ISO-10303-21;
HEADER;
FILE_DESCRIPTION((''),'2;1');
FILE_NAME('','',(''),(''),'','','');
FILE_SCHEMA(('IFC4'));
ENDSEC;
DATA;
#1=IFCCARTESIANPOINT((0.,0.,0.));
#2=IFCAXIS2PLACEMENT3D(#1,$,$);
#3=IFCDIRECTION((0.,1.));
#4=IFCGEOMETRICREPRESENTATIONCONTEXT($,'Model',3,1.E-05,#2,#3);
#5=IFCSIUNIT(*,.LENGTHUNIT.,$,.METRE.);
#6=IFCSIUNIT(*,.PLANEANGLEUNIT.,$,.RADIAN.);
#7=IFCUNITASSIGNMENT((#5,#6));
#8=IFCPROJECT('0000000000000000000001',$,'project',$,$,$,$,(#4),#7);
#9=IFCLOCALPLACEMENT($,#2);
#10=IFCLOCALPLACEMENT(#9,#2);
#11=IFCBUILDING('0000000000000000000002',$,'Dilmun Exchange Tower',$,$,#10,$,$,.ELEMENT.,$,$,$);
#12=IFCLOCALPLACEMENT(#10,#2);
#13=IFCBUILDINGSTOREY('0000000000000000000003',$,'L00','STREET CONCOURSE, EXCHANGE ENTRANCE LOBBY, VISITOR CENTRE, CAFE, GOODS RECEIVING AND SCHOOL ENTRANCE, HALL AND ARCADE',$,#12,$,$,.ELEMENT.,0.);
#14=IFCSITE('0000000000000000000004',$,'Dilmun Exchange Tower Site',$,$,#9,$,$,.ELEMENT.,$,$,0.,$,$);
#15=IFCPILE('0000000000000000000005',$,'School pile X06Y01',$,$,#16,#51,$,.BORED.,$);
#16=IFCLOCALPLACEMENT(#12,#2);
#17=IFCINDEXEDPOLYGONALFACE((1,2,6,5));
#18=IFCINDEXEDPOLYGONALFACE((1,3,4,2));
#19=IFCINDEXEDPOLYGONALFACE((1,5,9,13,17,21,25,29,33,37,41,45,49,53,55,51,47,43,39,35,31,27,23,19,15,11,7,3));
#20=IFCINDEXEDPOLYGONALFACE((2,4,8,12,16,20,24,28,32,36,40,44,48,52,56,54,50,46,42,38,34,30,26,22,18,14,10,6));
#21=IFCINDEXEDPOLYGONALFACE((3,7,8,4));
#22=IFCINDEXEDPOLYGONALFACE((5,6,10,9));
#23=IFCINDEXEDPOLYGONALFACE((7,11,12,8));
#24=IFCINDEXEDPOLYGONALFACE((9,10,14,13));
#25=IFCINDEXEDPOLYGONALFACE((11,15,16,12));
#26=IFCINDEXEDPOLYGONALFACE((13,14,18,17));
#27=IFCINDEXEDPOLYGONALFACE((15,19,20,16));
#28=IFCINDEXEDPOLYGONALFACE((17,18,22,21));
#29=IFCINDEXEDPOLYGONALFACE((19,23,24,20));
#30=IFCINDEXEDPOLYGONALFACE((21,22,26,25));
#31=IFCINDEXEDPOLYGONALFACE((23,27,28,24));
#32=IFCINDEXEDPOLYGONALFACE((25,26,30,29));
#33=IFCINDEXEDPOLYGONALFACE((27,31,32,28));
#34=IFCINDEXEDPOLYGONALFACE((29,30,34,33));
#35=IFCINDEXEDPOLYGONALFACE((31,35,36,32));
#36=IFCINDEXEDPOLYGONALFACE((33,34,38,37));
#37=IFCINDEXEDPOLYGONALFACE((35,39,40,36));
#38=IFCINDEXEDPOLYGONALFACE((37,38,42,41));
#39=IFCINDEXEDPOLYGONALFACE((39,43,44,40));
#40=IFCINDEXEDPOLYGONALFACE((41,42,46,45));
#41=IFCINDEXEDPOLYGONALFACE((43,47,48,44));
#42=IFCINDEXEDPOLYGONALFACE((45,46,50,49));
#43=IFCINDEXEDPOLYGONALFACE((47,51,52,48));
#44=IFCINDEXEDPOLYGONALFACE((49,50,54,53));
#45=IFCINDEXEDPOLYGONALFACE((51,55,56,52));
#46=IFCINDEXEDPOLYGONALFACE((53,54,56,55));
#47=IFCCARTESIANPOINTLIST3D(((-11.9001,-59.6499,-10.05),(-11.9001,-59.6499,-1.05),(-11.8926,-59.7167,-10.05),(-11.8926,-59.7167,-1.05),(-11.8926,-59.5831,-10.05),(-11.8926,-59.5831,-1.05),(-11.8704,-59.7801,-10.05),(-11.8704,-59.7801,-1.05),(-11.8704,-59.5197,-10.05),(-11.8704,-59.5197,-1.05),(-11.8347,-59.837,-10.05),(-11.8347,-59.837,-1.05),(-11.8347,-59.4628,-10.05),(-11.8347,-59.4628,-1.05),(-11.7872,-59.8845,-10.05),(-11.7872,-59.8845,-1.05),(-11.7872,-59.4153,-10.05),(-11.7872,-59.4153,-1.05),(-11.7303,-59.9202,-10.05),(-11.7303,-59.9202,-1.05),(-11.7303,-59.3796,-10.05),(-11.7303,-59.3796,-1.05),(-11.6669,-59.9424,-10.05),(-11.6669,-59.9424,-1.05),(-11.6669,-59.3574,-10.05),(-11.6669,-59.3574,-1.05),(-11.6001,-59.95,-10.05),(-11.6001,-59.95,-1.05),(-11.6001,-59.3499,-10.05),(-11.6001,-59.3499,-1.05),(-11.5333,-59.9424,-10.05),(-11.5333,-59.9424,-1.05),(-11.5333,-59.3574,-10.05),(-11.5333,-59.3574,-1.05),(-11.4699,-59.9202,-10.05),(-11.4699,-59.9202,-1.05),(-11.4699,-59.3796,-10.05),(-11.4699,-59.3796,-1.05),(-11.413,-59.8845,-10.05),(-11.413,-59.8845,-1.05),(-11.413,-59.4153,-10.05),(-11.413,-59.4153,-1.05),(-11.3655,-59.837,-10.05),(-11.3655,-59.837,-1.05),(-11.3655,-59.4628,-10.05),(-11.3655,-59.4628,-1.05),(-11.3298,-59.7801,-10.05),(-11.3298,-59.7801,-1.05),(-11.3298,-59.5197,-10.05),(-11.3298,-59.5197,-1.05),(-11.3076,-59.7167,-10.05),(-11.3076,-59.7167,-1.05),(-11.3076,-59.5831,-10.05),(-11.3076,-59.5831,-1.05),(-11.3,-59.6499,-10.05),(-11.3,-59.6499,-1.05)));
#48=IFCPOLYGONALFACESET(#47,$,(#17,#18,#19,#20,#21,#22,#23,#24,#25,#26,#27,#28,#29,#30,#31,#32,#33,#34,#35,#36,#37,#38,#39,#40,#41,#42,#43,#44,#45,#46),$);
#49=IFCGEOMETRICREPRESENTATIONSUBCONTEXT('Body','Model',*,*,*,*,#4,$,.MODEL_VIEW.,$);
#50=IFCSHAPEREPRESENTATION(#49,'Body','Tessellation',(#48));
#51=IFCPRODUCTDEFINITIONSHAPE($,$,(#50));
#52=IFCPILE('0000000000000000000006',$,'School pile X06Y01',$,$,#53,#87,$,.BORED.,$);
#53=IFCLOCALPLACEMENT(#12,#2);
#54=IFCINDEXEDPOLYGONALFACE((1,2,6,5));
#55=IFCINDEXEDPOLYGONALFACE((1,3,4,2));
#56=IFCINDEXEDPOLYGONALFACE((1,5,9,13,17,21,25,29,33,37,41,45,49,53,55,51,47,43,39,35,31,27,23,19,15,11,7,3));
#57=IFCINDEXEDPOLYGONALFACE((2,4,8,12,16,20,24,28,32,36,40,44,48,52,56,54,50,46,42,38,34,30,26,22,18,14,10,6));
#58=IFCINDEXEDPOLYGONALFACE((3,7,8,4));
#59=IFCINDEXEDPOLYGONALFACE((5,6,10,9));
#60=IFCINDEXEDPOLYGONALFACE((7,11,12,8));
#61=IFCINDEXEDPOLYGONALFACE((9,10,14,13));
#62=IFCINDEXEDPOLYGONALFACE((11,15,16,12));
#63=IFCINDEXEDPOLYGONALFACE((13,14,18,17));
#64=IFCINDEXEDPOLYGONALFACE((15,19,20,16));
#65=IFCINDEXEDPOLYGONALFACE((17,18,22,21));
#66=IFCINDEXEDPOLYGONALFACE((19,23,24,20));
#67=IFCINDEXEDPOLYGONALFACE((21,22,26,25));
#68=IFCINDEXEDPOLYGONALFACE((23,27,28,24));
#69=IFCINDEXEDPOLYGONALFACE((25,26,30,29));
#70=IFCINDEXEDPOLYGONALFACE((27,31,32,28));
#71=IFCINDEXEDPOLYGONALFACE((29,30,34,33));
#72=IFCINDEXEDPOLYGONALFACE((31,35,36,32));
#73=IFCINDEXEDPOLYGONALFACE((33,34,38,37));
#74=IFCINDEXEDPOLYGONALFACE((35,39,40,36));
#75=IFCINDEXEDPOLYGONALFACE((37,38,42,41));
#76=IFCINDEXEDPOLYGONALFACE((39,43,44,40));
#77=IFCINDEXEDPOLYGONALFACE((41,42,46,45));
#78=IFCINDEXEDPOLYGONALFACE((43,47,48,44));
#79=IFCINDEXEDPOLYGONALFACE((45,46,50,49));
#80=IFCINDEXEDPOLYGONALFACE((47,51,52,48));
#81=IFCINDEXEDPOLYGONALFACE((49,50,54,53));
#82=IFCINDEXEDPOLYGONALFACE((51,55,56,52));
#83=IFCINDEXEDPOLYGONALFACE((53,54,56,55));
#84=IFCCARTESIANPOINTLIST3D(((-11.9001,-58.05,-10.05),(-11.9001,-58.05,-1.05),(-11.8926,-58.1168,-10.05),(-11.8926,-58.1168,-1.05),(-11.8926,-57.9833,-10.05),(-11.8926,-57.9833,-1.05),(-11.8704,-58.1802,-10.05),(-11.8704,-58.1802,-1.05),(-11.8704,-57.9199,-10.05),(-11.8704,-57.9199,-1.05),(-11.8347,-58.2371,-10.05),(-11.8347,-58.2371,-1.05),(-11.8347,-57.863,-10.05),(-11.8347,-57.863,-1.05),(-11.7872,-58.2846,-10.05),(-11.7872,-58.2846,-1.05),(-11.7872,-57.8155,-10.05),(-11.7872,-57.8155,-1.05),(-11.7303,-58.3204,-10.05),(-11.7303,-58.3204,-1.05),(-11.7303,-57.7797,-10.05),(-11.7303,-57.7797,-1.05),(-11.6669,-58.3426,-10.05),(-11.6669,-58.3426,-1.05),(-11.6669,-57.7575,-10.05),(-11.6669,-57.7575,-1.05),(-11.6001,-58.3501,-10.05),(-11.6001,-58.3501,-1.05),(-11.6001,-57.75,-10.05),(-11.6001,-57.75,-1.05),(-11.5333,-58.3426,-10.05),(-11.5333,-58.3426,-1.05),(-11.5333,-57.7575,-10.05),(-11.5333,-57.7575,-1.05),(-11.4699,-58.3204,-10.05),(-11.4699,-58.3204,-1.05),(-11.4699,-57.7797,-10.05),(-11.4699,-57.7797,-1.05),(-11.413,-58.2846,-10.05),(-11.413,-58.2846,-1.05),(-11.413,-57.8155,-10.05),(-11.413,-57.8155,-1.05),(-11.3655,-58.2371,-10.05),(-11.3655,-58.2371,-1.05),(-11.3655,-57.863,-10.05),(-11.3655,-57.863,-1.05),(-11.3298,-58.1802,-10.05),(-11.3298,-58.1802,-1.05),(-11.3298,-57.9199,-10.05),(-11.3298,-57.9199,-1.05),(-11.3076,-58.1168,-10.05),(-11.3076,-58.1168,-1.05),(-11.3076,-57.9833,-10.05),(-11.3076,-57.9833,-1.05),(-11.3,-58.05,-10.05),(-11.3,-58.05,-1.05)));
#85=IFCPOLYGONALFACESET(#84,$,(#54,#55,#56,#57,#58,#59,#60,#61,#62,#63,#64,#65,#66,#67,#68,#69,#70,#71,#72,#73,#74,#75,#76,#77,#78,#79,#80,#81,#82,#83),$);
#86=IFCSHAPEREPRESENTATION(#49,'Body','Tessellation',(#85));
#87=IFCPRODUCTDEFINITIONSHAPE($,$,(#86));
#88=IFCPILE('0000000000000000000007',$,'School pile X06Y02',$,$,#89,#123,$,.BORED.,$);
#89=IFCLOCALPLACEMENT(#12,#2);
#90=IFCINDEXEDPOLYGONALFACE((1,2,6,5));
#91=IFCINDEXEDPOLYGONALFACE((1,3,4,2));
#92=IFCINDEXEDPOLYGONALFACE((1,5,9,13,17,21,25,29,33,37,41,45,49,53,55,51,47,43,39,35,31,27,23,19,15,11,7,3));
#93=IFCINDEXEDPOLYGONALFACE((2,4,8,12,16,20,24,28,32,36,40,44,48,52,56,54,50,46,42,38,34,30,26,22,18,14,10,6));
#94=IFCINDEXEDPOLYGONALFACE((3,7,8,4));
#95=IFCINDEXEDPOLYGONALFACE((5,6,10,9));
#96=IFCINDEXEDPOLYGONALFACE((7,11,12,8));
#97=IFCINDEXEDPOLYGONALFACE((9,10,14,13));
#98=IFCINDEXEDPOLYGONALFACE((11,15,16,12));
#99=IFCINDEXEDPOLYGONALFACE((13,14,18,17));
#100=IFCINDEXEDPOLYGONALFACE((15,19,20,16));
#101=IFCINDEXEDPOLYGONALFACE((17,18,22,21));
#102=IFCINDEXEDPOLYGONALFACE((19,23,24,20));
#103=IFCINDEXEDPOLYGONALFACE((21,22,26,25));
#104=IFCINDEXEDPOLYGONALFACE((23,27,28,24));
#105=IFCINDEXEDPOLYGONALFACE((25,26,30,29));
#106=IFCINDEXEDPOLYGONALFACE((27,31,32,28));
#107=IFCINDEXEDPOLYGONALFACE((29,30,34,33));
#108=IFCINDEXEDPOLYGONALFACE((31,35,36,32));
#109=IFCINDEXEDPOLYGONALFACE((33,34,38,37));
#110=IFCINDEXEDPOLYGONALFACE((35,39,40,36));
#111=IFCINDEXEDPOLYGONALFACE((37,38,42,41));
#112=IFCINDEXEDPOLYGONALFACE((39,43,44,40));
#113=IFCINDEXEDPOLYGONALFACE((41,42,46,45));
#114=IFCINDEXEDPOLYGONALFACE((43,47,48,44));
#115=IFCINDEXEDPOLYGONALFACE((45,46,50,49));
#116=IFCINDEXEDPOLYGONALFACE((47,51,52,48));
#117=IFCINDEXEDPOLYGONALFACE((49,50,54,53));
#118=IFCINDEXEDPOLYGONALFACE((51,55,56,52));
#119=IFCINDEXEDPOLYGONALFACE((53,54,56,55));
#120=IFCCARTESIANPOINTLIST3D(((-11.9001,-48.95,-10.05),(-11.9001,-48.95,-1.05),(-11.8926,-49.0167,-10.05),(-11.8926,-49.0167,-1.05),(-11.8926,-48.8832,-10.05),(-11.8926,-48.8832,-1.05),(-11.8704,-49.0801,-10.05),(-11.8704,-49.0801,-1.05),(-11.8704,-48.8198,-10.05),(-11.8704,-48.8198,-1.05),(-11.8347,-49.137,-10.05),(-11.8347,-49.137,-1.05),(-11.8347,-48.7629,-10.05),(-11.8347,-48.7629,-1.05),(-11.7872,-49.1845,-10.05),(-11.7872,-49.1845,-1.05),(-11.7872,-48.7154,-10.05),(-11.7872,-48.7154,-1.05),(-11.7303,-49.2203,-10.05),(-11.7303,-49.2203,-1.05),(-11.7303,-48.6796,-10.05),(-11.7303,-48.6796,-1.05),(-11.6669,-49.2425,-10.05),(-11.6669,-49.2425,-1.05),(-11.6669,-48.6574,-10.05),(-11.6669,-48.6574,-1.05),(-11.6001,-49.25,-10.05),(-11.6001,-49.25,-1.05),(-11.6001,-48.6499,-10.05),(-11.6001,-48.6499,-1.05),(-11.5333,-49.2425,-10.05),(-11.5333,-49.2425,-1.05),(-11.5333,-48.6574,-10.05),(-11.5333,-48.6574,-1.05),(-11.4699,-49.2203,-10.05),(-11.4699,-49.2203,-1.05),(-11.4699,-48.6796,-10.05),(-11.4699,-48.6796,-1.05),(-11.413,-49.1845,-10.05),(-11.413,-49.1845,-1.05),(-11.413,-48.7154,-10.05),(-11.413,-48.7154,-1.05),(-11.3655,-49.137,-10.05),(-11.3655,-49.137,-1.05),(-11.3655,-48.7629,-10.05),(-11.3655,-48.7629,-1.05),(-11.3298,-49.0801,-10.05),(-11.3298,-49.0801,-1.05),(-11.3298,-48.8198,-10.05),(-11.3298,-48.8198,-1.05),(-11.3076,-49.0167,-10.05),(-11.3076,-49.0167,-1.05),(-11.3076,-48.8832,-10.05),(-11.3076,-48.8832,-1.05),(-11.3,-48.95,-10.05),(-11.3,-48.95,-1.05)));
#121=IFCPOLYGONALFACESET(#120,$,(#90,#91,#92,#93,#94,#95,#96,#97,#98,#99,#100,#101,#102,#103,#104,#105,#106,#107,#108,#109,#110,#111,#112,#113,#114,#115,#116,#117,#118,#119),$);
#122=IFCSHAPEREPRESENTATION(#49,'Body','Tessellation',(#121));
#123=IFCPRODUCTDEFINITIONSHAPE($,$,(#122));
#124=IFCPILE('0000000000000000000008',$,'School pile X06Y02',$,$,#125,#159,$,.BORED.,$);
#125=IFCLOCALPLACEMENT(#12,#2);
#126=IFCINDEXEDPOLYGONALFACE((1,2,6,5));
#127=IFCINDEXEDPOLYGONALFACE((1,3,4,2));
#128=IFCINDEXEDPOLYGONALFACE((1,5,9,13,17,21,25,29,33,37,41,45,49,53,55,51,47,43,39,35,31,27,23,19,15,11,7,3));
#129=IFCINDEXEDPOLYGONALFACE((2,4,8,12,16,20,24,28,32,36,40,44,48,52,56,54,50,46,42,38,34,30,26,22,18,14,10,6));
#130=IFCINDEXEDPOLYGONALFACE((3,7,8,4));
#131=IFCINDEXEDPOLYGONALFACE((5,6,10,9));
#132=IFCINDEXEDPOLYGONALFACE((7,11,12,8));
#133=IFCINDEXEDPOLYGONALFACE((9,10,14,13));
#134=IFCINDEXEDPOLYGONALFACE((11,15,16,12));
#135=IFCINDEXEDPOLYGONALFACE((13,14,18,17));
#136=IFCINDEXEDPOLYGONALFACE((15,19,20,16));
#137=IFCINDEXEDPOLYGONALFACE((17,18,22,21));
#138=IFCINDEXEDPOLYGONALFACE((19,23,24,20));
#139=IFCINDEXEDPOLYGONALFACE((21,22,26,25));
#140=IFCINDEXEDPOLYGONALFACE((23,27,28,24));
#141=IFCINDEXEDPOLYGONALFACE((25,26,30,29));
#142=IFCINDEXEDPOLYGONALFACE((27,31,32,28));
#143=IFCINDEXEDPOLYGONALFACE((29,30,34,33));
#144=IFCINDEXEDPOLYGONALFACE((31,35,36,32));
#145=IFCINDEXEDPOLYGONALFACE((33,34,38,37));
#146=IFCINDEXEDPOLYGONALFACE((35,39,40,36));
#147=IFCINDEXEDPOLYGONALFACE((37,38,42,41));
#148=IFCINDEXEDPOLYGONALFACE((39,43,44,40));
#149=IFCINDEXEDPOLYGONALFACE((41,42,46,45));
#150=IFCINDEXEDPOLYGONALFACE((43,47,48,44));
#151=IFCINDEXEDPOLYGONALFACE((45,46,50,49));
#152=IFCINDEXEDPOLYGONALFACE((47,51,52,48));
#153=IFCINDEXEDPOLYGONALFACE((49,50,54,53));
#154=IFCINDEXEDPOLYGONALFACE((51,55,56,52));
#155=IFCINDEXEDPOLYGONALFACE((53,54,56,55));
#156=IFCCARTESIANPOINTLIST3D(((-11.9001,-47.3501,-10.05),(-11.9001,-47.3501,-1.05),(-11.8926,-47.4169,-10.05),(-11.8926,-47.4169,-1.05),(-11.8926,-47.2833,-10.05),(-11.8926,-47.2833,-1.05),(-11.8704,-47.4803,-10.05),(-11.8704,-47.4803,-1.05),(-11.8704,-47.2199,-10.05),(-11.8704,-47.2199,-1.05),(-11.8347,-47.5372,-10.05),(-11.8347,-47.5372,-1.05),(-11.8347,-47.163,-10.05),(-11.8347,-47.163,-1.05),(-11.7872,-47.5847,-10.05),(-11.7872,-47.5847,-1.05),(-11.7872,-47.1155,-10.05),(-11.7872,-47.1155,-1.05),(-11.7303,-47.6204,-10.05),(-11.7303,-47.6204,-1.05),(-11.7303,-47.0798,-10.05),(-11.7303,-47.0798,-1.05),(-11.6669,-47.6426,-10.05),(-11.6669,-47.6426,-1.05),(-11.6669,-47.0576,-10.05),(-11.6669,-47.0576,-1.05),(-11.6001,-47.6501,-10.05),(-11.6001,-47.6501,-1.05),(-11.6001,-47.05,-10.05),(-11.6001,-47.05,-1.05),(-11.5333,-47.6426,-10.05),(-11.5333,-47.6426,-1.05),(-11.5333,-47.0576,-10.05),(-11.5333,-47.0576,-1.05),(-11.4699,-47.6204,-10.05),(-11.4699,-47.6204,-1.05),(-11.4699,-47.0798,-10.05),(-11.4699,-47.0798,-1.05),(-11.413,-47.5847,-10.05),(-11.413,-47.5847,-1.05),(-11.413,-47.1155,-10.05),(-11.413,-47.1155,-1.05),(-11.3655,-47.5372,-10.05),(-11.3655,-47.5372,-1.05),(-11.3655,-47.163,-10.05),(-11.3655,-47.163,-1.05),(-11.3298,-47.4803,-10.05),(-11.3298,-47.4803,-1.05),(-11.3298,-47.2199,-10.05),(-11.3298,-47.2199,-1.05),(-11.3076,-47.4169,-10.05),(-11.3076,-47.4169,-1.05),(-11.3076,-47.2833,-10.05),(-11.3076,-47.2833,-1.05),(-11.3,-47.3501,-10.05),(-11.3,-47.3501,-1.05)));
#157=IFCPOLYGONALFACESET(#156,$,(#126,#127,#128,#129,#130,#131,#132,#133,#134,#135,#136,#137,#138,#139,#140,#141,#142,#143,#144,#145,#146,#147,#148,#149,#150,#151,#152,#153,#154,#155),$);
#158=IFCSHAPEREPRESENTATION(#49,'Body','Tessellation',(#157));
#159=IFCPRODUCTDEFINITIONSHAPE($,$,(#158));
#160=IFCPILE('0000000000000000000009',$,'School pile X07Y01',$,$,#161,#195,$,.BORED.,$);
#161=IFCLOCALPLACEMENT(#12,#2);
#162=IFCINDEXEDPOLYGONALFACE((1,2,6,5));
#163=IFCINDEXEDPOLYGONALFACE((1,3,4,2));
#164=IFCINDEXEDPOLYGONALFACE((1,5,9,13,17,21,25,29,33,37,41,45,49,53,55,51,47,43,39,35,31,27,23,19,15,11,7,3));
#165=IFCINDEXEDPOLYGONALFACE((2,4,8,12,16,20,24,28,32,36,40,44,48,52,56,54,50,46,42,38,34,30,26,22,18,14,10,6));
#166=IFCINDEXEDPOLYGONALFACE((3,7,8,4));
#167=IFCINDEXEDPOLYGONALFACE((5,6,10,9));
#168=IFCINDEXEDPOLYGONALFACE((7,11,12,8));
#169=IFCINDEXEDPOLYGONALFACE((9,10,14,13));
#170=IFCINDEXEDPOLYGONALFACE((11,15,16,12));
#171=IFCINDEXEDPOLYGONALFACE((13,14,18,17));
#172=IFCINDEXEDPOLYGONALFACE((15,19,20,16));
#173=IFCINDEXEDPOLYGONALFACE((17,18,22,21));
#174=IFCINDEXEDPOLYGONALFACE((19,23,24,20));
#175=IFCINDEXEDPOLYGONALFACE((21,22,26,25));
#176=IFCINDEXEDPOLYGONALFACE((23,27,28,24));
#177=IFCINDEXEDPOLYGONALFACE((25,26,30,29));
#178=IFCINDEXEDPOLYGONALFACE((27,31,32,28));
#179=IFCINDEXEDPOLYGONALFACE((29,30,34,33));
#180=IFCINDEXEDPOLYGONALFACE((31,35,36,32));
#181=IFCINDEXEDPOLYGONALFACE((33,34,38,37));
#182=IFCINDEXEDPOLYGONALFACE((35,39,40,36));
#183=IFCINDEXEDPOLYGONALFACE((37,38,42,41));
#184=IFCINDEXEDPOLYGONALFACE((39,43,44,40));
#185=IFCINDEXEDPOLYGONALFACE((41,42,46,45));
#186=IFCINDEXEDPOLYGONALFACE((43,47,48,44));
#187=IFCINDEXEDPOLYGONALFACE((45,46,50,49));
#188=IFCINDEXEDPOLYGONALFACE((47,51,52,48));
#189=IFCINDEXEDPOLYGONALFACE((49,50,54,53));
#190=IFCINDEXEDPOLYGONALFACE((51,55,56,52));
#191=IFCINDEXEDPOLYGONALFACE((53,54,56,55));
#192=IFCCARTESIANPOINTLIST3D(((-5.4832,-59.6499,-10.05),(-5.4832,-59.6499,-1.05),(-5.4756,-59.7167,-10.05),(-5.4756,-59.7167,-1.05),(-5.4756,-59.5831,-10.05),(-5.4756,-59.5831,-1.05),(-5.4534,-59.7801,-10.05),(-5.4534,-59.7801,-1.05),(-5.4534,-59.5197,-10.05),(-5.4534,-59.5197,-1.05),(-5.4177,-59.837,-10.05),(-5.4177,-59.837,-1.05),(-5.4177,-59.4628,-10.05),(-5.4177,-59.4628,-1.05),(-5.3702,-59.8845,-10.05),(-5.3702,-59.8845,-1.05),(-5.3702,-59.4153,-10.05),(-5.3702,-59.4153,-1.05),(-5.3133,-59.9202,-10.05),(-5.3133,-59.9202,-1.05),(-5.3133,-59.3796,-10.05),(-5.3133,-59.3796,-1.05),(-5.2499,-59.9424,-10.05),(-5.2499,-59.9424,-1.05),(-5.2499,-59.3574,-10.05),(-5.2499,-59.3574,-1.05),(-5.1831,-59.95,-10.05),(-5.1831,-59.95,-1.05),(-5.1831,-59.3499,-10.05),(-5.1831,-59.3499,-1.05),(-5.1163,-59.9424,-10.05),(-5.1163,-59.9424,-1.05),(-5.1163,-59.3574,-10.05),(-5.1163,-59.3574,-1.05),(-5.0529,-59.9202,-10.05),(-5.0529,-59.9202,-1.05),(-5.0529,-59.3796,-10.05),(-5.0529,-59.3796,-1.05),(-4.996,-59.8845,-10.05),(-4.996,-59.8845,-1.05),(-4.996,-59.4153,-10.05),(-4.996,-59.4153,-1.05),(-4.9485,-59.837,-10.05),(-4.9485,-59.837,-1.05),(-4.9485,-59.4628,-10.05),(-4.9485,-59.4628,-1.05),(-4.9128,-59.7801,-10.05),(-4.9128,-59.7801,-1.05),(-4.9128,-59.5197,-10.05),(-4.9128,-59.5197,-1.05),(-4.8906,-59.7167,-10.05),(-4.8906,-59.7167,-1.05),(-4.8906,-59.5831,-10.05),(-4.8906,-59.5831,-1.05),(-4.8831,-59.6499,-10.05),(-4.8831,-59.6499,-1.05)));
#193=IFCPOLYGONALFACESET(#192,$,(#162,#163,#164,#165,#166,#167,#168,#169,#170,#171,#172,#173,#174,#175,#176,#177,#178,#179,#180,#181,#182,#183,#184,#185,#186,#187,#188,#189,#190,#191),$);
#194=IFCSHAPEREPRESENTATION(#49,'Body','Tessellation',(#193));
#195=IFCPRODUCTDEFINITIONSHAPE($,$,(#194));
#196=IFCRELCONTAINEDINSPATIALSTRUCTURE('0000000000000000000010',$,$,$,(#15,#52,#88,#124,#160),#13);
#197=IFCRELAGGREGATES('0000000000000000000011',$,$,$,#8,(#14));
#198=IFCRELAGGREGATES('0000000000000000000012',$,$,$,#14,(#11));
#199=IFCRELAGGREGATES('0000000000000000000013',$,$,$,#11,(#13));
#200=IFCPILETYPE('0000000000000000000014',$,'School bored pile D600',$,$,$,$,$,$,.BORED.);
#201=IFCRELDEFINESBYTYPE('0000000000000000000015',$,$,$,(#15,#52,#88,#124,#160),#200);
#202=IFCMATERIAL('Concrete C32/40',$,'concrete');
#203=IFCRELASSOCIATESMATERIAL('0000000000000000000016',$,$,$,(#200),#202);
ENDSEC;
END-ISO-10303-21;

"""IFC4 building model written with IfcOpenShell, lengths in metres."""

from ifc_helpers import new_model, si_unit, direction, frame, origin, origin_2d, place, context, subcontext, project, spatial, circle, extrude, material, material_profile, profile_set, type_object, element, save


model = new_model("IFC4")

# Units and contexts
model_context = context("Model", 3, precision=1e-05, world=origin(), true_north=direction((0.0, 1.0)))
body_context = subcontext(model_context, "Body", "Model", "MODEL_VIEW")
ifc_project = project(units=[si_unit("LENGTHUNIT", "METRE"), si_unit("PLANEANGLEUNIT", "RADIAN")], contexts=[model_context])

# Site, building, storey
site_placement = place(None, origin())
site = spatial("IfcSite", under=ifc_project, at=site_placement, Name="Dilmun Exchange Tower Site", CompositionType="ELEMENT", RefElevation=0.0)
building_placement = place(site_placement, origin())
building = spatial("IfcBuilding", under=site, at=building_placement, Name="Dilmun Exchange Tower", CompositionType="ELEMENT")
storey_placement = place(building_placement, origin())
storey = spatial("IfcBuildingStorey", under=building, at=storey_placement, Name="L00", Description="STREET CONCOURSE, EXCHANGE ENTRANCE LOBBY, VISITOR CENTRE, CAFE, GOODS RECEIVING AND SCHOOL ENTRANCE, HALL AND ARCADE", CompositionType="ELEMENT", Elevation=0.0)

# Piles
ifc_material_1 = material(Name="Concrete C32/40", Category="concrete")
ifc_material_profile_1 = material_profile(ifc_material_1, circle(Radius=0.3, at=origin_2d()), Name="D600")
ifc_profile_set_1 = profile_set([ifc_material_profile_1], Name="Concrete C32/40")
pile_type = type_object("IfcPileType", Name="School bored pile D600", PredefinedType="BORED", material=ifc_profile_set_1)
for number, where, z_axis, x_axis, name in (
    (1, (-11.6001, -59.6499, -1.05), (0.0, 0.0, -1.0), (1.0, 0.0, 0.0), "School pile X06Y01"),
    (2, (-11.6001, -58.05, -1.05), (0.0, 0.0, -1.0), (1.0, 0.0, 0.0), "School pile X06Y01"),
    (3, (-11.6001, -48.95, -1.05), (0.0, 0.0, -1.0), (1.0, 0.0, 0.0), "School pile X06Y02"),
    (4, (-11.6001, -47.3501, -1.05), (0.0, 0.0, -1.0), (1.0, 0.0, 0.0), "School pile X06Y02"),
    (5, (-5.1831, -59.6499, -1.05), (0.0, 0.0, -1.0), (1.0, 0.0, 0.0), "School pile X07Y01"),
):
    element("IfcPile", number, at=place(storey_placement, frame(where, z_axis=z_axis, x_axis=x_axis)), inside=storey, type_object=pile_type, Name=name, PredefinedType="BORED", context=body_context, shape_type="SweptSolid", body=[
        extrude(circle(Radius=0.3, at=origin_2d()), origin(), (0.0, 0.0, 1.0), 9.0),
    ])

save(model, "model.ifc")
